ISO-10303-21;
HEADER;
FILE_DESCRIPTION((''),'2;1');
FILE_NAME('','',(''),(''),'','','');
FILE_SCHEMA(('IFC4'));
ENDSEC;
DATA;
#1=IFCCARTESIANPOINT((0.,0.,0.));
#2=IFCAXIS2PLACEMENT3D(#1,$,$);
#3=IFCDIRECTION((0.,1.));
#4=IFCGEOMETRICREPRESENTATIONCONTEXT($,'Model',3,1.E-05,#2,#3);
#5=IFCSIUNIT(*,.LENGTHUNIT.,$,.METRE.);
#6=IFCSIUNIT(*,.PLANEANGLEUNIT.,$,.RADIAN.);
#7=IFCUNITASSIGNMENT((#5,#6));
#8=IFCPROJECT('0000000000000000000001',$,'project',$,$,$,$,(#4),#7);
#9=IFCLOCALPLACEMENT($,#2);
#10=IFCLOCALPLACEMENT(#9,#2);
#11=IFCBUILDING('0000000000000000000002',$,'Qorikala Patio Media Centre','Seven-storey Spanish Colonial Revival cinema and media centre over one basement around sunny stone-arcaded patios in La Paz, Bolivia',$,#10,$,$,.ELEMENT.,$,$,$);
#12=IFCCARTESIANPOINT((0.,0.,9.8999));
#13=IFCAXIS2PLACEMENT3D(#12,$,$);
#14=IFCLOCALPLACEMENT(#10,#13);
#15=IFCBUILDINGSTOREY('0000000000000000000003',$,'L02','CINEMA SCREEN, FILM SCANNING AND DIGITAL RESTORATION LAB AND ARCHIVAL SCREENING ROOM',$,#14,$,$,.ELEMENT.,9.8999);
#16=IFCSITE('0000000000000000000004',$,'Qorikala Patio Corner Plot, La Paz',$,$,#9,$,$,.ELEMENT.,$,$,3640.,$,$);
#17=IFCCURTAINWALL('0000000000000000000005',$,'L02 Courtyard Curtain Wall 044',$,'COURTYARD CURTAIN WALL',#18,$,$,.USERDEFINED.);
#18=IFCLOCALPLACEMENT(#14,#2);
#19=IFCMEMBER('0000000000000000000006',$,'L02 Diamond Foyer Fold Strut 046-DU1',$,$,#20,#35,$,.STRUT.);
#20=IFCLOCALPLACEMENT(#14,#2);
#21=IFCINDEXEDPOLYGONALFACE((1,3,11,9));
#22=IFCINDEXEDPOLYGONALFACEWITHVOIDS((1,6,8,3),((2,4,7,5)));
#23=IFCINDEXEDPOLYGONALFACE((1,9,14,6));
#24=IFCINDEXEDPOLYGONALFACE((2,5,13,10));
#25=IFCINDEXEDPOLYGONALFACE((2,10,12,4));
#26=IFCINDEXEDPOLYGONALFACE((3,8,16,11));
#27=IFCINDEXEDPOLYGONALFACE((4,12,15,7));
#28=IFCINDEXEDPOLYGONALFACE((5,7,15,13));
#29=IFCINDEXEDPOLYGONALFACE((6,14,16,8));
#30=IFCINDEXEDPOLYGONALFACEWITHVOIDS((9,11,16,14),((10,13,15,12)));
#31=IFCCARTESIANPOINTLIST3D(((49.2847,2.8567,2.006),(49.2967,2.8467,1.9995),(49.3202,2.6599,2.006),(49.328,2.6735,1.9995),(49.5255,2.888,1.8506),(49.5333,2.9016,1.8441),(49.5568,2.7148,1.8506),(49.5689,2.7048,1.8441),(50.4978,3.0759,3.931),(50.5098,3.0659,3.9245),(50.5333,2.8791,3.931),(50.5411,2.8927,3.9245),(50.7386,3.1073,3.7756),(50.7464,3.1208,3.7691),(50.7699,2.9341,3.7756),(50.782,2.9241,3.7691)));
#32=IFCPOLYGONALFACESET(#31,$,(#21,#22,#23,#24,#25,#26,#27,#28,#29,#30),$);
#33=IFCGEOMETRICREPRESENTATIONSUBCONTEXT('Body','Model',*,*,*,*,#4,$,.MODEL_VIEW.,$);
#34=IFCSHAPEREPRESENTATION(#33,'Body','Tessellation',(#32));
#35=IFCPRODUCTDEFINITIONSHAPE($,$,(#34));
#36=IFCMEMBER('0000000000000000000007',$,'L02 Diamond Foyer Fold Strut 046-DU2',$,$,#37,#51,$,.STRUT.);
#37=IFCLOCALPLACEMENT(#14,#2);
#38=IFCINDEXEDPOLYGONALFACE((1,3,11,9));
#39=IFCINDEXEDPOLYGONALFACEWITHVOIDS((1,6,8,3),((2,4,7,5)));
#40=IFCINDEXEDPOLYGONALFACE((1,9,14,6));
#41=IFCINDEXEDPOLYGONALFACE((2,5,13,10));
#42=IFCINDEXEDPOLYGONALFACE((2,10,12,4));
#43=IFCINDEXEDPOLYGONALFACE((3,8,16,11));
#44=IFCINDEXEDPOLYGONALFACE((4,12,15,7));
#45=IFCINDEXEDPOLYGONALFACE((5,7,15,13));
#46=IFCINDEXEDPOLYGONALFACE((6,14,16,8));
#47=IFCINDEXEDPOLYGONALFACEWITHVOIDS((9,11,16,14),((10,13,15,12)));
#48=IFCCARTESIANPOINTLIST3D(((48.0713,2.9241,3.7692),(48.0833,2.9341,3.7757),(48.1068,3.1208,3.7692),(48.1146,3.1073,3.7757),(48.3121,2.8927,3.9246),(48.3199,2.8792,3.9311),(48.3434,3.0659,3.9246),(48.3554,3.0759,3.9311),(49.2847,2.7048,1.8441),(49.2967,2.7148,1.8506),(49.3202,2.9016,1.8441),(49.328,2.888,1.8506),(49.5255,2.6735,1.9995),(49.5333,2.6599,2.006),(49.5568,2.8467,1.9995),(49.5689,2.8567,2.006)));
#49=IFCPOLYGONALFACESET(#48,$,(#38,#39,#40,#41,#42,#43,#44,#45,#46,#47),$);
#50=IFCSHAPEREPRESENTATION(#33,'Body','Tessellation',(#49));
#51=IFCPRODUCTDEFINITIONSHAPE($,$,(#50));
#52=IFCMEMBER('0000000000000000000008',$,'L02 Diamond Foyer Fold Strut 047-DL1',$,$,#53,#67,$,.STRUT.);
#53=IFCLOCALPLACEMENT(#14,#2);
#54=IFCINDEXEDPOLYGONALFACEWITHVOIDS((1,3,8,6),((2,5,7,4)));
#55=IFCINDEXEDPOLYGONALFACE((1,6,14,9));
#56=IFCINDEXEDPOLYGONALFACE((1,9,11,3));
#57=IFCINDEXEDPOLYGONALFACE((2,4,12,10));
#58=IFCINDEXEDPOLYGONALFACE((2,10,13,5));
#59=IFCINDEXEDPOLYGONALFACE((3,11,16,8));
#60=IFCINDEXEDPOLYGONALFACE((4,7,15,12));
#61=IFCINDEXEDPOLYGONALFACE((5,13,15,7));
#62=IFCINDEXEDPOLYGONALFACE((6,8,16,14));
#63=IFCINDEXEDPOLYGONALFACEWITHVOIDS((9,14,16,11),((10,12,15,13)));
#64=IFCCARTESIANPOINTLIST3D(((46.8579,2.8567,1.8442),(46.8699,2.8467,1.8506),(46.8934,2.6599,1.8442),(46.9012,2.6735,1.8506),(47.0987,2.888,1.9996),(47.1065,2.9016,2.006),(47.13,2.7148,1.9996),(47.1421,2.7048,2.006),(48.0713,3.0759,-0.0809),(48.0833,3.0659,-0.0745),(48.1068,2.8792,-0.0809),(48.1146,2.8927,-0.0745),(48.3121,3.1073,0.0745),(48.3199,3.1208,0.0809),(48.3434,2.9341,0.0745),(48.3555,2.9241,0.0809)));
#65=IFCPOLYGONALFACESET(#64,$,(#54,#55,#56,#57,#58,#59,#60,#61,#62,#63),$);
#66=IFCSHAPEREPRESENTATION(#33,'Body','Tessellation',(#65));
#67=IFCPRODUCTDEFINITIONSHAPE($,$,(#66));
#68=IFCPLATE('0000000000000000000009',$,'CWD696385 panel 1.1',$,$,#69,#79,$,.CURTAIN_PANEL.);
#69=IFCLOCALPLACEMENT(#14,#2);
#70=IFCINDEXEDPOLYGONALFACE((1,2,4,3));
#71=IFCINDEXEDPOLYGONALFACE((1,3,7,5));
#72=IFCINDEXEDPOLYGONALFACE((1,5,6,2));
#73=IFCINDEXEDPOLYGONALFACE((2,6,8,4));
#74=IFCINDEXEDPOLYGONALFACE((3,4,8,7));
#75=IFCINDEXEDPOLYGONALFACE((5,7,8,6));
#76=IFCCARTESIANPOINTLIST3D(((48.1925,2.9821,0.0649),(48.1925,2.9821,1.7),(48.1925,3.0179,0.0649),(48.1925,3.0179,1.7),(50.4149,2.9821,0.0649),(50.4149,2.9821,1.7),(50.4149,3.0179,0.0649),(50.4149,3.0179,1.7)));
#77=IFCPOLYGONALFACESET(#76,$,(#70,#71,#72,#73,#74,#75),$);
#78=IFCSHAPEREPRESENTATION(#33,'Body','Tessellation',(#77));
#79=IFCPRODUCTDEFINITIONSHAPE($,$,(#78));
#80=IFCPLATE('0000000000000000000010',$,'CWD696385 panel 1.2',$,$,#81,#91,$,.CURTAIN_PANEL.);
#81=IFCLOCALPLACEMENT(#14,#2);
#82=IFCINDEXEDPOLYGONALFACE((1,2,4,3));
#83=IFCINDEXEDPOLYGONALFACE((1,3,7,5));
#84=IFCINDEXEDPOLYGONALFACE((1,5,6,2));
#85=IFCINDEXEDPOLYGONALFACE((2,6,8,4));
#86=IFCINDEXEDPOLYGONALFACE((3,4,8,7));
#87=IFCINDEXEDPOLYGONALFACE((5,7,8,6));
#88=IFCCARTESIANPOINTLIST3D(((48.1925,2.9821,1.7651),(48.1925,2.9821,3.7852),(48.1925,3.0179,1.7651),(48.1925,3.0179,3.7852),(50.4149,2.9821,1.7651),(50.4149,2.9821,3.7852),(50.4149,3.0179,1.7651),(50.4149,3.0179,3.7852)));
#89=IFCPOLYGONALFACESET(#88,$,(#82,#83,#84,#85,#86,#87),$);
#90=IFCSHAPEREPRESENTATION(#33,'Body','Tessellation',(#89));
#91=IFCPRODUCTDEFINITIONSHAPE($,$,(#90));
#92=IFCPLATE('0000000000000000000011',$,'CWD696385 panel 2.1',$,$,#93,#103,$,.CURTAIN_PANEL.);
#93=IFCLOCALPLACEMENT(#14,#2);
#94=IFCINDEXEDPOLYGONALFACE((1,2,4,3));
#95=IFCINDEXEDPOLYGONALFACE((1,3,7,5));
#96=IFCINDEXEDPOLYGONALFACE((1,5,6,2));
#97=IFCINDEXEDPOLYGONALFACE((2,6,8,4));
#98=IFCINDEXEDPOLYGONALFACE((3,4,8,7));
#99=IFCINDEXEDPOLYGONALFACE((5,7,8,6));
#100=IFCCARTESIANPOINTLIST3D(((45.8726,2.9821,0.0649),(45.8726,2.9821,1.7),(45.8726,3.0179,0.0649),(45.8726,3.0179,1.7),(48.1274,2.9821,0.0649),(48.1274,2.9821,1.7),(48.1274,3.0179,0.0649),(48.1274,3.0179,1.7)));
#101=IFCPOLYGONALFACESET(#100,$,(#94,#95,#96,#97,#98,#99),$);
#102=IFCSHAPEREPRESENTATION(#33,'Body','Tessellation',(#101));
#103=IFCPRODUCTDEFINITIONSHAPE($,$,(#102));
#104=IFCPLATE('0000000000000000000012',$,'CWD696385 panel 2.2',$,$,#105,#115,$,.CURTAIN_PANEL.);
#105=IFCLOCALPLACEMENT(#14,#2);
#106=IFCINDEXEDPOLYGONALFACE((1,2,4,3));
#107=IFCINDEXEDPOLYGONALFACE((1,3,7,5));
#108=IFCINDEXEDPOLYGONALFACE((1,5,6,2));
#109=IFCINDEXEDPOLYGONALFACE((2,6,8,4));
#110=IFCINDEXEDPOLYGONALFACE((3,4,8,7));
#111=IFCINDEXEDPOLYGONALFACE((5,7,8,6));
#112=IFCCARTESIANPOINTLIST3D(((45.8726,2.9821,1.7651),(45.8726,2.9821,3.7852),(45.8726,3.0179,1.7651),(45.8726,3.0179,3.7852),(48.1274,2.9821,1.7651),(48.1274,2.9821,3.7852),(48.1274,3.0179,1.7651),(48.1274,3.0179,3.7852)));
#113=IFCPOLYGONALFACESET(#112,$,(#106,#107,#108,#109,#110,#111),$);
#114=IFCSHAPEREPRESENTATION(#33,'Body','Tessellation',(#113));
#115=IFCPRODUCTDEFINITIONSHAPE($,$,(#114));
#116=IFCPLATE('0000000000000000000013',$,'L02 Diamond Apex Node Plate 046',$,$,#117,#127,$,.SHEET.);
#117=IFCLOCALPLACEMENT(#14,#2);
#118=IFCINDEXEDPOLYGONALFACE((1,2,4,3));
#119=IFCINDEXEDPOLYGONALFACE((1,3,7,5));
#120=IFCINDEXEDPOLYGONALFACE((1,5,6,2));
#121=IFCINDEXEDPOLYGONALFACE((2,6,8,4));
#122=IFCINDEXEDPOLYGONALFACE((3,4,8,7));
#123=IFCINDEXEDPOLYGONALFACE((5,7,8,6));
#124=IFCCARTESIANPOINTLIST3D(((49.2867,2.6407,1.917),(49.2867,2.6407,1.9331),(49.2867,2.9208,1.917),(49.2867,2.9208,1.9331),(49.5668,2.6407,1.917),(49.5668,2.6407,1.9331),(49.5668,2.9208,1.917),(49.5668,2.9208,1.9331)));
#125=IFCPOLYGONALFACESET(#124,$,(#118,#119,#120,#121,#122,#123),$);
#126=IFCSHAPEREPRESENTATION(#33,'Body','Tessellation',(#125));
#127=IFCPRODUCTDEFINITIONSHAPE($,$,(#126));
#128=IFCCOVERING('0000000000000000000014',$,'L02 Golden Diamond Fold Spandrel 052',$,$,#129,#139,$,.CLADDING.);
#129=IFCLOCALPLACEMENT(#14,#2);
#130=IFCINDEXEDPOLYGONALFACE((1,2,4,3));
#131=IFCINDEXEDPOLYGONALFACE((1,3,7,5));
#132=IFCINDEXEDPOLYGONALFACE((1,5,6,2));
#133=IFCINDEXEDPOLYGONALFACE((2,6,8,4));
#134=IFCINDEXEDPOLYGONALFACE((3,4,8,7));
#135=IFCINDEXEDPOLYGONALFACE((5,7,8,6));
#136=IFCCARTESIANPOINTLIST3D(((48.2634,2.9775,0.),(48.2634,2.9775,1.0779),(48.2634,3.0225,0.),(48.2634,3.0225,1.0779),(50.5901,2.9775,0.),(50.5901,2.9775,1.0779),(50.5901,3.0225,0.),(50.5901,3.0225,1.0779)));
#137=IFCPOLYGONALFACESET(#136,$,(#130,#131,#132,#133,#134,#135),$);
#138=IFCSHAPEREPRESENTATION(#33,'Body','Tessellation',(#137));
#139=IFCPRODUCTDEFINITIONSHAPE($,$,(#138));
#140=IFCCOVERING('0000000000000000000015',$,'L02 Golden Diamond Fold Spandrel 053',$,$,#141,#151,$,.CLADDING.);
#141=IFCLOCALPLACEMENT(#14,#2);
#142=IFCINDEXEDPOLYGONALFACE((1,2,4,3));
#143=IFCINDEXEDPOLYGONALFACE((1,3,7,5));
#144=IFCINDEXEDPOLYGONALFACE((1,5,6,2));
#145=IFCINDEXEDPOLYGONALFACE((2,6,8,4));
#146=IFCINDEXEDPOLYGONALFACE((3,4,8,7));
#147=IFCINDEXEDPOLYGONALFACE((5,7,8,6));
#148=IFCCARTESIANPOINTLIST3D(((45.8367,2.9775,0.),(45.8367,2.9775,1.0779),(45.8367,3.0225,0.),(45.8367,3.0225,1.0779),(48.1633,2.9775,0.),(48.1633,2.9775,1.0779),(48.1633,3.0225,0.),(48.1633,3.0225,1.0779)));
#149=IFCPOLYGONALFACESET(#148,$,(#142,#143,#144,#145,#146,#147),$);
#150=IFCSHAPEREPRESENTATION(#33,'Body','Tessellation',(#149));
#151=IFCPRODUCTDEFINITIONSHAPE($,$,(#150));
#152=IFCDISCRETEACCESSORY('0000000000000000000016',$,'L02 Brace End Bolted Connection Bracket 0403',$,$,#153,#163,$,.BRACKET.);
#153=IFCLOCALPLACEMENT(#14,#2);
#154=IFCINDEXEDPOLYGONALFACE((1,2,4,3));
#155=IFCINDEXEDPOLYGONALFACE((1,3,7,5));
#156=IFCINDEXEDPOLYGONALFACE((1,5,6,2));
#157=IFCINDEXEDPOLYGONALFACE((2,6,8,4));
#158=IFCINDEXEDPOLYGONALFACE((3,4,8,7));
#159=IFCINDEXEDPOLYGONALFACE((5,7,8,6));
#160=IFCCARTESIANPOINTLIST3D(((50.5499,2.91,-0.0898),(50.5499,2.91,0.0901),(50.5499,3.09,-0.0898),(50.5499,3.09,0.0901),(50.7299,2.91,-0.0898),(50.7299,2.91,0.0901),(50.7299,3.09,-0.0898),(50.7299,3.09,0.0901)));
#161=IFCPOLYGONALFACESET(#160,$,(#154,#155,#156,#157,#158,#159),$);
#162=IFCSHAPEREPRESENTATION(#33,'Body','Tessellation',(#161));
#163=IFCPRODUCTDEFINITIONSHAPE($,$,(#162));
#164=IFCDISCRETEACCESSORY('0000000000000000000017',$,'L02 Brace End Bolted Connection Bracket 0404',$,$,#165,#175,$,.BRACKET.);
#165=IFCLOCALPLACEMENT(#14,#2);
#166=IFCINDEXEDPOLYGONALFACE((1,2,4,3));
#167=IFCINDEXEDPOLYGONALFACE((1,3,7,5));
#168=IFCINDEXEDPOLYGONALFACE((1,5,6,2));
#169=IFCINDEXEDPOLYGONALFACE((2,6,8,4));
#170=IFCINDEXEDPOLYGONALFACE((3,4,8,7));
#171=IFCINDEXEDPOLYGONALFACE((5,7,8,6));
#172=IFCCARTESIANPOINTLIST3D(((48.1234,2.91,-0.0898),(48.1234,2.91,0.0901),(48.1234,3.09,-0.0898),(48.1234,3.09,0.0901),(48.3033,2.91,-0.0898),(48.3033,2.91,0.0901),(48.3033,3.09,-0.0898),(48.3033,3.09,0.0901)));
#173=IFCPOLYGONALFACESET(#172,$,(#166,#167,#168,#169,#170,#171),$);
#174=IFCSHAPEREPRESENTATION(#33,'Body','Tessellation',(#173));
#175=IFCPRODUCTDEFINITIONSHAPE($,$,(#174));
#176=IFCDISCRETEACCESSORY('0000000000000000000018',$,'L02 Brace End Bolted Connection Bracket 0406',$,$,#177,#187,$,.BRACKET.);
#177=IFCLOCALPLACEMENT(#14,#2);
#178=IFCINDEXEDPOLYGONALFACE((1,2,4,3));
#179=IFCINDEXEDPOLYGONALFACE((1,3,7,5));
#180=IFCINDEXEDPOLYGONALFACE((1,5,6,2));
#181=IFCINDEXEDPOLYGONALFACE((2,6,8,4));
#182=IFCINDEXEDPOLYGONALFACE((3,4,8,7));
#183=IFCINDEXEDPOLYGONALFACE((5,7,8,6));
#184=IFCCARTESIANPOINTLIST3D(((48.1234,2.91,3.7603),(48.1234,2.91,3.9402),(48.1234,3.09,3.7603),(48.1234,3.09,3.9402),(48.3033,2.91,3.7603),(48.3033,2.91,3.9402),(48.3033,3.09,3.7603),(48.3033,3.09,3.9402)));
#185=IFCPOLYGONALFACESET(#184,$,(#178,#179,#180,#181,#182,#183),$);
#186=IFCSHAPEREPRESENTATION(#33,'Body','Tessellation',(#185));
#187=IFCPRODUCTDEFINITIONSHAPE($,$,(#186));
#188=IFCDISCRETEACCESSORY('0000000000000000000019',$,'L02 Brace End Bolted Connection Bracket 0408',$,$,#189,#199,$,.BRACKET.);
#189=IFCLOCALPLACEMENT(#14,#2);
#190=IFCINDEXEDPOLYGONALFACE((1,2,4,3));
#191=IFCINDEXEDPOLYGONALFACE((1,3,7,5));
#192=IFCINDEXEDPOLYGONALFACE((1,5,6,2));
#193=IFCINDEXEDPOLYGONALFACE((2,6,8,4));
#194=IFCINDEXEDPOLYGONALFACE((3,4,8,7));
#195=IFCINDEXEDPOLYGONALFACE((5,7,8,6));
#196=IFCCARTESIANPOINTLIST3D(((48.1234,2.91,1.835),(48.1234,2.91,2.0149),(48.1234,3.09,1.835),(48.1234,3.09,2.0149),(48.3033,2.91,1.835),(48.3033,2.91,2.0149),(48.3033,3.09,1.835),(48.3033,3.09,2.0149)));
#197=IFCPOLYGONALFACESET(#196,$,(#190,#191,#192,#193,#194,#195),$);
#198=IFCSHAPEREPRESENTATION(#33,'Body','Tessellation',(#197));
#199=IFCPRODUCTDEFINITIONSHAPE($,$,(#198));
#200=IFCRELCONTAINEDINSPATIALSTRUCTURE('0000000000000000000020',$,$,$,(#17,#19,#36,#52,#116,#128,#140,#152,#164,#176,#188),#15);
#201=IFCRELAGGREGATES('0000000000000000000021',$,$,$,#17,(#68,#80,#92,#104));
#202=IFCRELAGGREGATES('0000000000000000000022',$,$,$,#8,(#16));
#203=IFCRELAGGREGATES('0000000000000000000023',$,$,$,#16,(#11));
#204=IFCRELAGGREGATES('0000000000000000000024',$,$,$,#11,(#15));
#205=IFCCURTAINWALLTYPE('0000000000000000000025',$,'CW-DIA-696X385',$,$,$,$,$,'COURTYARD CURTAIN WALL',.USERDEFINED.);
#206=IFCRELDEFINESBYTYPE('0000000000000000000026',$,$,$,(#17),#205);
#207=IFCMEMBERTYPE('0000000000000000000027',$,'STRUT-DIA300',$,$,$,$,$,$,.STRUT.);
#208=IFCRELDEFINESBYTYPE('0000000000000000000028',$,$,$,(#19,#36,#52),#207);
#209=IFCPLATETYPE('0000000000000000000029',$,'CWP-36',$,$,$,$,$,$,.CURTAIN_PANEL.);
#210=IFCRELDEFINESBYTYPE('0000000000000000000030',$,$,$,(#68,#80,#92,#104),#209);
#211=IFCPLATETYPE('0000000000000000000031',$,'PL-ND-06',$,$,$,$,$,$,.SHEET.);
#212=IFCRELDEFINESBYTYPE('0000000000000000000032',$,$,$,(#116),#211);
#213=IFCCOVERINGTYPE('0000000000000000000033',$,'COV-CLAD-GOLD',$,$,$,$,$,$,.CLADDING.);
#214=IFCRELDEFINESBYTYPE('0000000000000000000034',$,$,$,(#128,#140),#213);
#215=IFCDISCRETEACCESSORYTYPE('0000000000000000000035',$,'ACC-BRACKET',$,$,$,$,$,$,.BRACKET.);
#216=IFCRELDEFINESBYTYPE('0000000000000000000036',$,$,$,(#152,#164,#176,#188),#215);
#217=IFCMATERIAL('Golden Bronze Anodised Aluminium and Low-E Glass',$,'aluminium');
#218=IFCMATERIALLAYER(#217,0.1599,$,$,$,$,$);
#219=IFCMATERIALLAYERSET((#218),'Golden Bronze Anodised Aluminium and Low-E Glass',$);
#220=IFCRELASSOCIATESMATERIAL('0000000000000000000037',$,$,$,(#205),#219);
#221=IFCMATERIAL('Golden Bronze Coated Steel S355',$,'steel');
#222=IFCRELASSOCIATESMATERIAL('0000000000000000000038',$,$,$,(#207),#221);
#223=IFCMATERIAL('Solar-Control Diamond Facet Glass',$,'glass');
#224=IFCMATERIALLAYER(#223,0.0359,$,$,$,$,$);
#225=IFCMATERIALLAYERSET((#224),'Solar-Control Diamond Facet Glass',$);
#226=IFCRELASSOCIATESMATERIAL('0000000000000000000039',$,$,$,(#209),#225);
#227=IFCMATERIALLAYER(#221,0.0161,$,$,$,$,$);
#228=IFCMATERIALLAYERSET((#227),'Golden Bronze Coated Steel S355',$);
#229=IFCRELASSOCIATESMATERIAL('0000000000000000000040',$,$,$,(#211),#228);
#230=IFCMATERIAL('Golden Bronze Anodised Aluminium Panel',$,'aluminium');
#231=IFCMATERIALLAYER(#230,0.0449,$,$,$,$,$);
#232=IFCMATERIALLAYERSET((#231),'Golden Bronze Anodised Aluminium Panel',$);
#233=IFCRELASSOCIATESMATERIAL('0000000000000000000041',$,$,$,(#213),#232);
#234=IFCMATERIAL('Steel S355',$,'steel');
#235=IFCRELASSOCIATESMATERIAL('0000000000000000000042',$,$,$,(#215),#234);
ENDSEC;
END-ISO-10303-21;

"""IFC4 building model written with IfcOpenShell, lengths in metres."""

from ifc_helpers import new_model, si_unit, direction, frame, origin, origin_2d, place, context, subcontext, project, spatial, rectangle, hollow_rectangle, extrude, material, layer, layer_set, material_profile, profile_set, type_object, element, aggregate, save


model = new_model("IFC4")

# Units and contexts
model_context = context("Model", 3, precision=1e-05, world=origin(), true_north=direction((0.0, 1.0)))
body_context = subcontext(model_context, "Body", "Model", "MODEL_VIEW")
ifc_project = project(units=[si_unit("LENGTHUNIT", "METRE"), si_unit("PLANEANGLEUNIT", "RADIAN")], contexts=[model_context])

# Site, building, storey
site_placement = place(None, origin())
site = spatial("IfcSite", under=ifc_project, at=site_placement, Name="Qorikala Patio Corner Plot, La Paz", CompositionType="ELEMENT", RefElevation=3640.0)
building_placement = place(site_placement, origin())
building = spatial("IfcBuilding", under=site, at=building_placement, Name="Qorikala Patio Media Centre", Description="Seven-storey Spanish Colonial Revival cinema and media centre over one basement around sunny stone-arcaded patios in La Paz, Bolivia", CompositionType="ELEMENT")
storey_placement = place(building_placement, frame((0.0, 0.0, 9.8999)))
storey = spatial("IfcBuildingStorey", under=building, at=storey_placement, Name="L02", Description="CINEMA SCREEN, FILM SCANNING AND DIGITAL RESTORATION LAB AND ARCHIVAL SCREENING ROOM", CompositionType="ELEMENT", Elevation=9.8999)

# Shared definitions
ifc_material_1 = material(Name="Golden Bronze Coated Steel S355", Category="steel")

# Curtain wall
ifc_material_2 = material(Name="Golden Bronze Anodised Aluminium and Low-E Glass", Category="aluminium")
ifc_layer_1 = layer(ifc_material_2, 0.1599)
ifc_layer_set_1 = layer_set([ifc_layer_1], Name="Golden Bronze Anodised Aluminium and Low-E Glass")
curtain_wall_type = type_object("IfcCurtainWallType", Name="CW-DIA-696X385", ElementType="COURTYARD CURTAIN WALL", PredefinedType="USERDEFINED", material=ifc_layer_set_1)
curtain_wall_placement = place(storey_placement, origin())
curtain_wall = element("IfcCurtainWall", 1, at=curtain_wall_placement, inside=storey, type_object=curtain_wall_type, Name="L02 Courtyard Curtain Wall 044", ObjectType="COURTYARD CURTAIN WALL", PredefinedType="USERDEFINED")

# Members
ifc_material_profile_1 = material_profile(ifc_material_1, hollow_rectangle(XDim=0.2, YDim=0.3, WallThickness=0.012, at=origin_2d()), Name="HSS300X200X12")
ifc_profile_set_1 = profile_set([ifc_material_profile_1], Name="Golden Bronze Coated Steel S355")
member_type_1 = type_object("IfcMemberType", Name="STRUT-DIA300", PredefinedType="STRUT", material=ifc_profile_set_1)
member_1_placement = place(storey_placement, frame((49.4268, 2.7808, 1.925), z_axis=(0.530691, 0.095907, 0.842121), x_axis=(-0.17784, 0.984059, 0.0)))
element("IfcMember", 2, at=member_1_placement, inside=storey, type_object=member_type_1, Name="L02 Diamond Foyer Fold Strut 046-DU1", PredefinedType="STRUT", context=body_context, shape_type="SweptSolid", body=[
    extrude(hollow_rectangle(XDim=0.2, YDim=0.3, WallThickness=0.012, at=origin_2d()), origin(), (0.0, 0.0, 1.0), 2.2859),
])
for number, where, z_axis, x_axis, name in (
    (3, (49.4268, 2.7808, 1.925), (-0.530768, 0.095901, 0.842074), (-0.177805, -0.984066, 0.0), "L02 Diamond Foyer Fold Strut 046-DU2"),
    (4, (48.2134, 3.0, 0.0), (-0.530768, -0.095901, 0.842074), (0.177805, -0.984066, 0.0), "L02 Diamond Foyer Fold Strut 047-DL1"),
):
    element("IfcMember", number, at=place(storey_placement, frame(where, z_axis=z_axis, x_axis=x_axis)), inside=storey, type_object=member_type_1, Name=name, PredefinedType="STRUT", context=body_context, shape_type="SweptSolid", body=[
        extrude(hollow_rectangle(XDim=0.2, YDim=0.3, WallThickness=0.012, at=origin_2d()), origin(), (0.0, 0.0, 1.0), 2.2861),
    ])

# Plates
ifc_material_3 = material(Name="Solar-Control Diamond Facet Glass", Category="glass")
ifc_layer_2 = layer(ifc_material_3, 0.0359)
ifc_layer_set_2 = layer_set([ifc_layer_2], Name="Solar-Control Diamond Facet Glass")
plate_type_1 = type_object("IfcPlateType", Name="CWP-36", PredefinedType="CURTAIN_PANEL", material=ifc_layer_set_2)
plate_1_placement = place(storey_placement, frame((49.3037, 3.0, 0.0649), z_axis=(0.0, 0.0, 1.0), x_axis=(-1.0, 0.0, 0.0)))
plate_1 = element("IfcPlate", 5, at=plate_1_placement, type_object=plate_type_1, Name="CWD696385 panel 1.1", PredefinedType="CURTAIN_PANEL", context=body_context, shape_type="SweptSolid", body=[
    extrude(rectangle(XDim=2.2224, YDim=0.0359, at=origin_2d()), origin(), (0.0, 0.0, 1.0), 1.635),
])
plate_2_placement = place(storey_placement, frame((49.3037, 3.0, 1.7651), z_axis=(0.0, 0.0, 1.0), x_axis=(-1.0, 0.0, 0.0)))
plate_2 = element("IfcPlate", 6, at=plate_2_placement, type_object=plate_type_1, Name="CWD696385 panel 1.2", PredefinedType="CURTAIN_PANEL", context=body_context, shape_type="SweptSolid", body=[
    extrude(rectangle(XDim=2.2224, YDim=0.0359, at=origin_2d()), origin(), (0.0, 0.0, 1.0), 2.02),
])
plate_3_placement = place(storey_placement, frame((47.0, 3.0, 0.0649), z_axis=(0.0, 0.0, 1.0), x_axis=(-1.0, 0.0, 0.0)))
plate_3 = element("IfcPlate", 7, at=plate_3_placement, type_object=plate_type_1, Name="CWD696385 panel 2.1", PredefinedType="CURTAIN_PANEL", context=body_context, shape_type="SweptSolid", body=[
    extrude(rectangle(XDim=2.2549, YDim=0.0359, at=origin_2d()), origin(), (0.0, 0.0, 1.0), 1.635),
])
plate_4_placement = place(storey_placement, frame((47.0, 3.0, 1.7651), z_axis=(0.0, 0.0, 1.0), x_axis=(-1.0, 0.0, 0.0)))
plate_4 = element("IfcPlate", 8, at=plate_4_placement, type_object=plate_type_1, Name="CWD696385 panel 2.2", PredefinedType="CURTAIN_PANEL", context=body_context, shape_type="SweptSolid", body=[
    extrude(rectangle(XDim=2.2549, YDim=0.0359, at=origin_2d()), origin(), (0.0, 0.0, 1.0), 2.02),
])
aggregate(curtain_wall, [plate_1, plate_2, plate_3, plate_4])
ifc_layer_3 = layer(ifc_material_1, 0.0161)
ifc_layer_set_3 = layer_set([ifc_layer_3], Name="Golden Bronze Coated Steel S355")
plate_type_2 = type_object("IfcPlateType", Name="PL-ND-06", PredefinedType="SHEET", material=ifc_layer_set_3)
plate_5_placement = place(storey_placement, frame((49.4268, 2.7808, 1.917), z_axis=(0.0, 0.0, 1.0), x_axis=(-1.0, 0.0, 0.0)))
element("IfcPlate", 9, at=plate_5_placement, inside=storey, type_object=plate_type_2, Name="L02 Diamond Apex Node Plate 046", PredefinedType="SHEET", context=body_context, shape_type="SweptSolid", body=[
    extrude(rectangle(XDim=0.28, YDim=0.28, at=origin_2d()), origin(), (0.0, 0.0, 1.0), 0.0161),
])

# Coverings
ifc_material_4 = material(Name="Golden Bronze Anodised Aluminium Panel", Category="aluminium")
ifc_layer_4 = layer(ifc_material_4, 0.0449)
ifc_layer_set_4 = layer_set([ifc_layer_4], Name="Golden Bronze Anodised Aluminium Panel")
covering_type = type_object("IfcCoveringType", Name="COV-CLAD-GOLD", PredefinedType="CLADDING", material=ifc_layer_set_4)
for number, where, z_axis, x_axis, name in (
    (10, (49.4268, 3.0, 0.0), (0.0, 0.0, 1.0), (-1.0, 0.0, 0.0), "L02 Golden Diamond Fold Spandrel 052"),
    (11, (47.0, 3.0, 0.0), (0.0, 0.0, 1.0), (-1.0, 0.0, 0.0), "L02 Golden Diamond Fold Spandrel 053"),
):
    element("IfcCovering", number, at=place(storey_placement, frame(where, z_axis=z_axis, x_axis=x_axis)), inside=storey, type_object=covering_type, Name=name, PredefinedType="CLADDING", context=body_context, shape_type="SweptSolid", body=[
        extrude(rectangle(XDim=2.3267, YDim=0.0449, at=origin_2d()), origin(), (0.0, 0.0, 1.0), 1.0779),
    ])

# Discrete accessories
ifc_material_5 = material(Name="Steel S355", Category="steel")
discrete_accessory_type = type_object("IfcDiscreteAccessoryType", Name="ACC-BRACKET", PredefinedType="BRACKET", material=ifc_material_5)
for number, where, z_axis, x_axis, name in (
    (12, (50.6399, 3.0, -0.0898), (0.0, 0.0, 1.0), (1.0, 0.0, 0.0), "L02 Brace End Bolted Connection Bracket 0403"),
    (13, (48.2134, 3.0, -0.0898), (0.0, 0.0, 1.0), (1.0, 0.0, 0.0), "L02 Brace End Bolted Connection Bracket 0404"),
    (14, (48.2134, 3.0, 3.7603), (0.0, 0.0, 1.0), (1.0, 0.0, 0.0), "L02 Brace End Bolted Connection Bracket 0406"),
    (15, (48.2134, 3.0, 1.835), (0.0, 0.0, 1.0), (1.0, 0.0, 0.0), "L02 Brace End Bolted Connection Bracket 0408"),
):
    element("IfcDiscreteAccessory", number, at=place(storey_placement, frame(where, z_axis=z_axis, x_axis=x_axis)), inside=storey, type_object=discrete_accessory_type, Name=name, PredefinedType="BRACKET", context=body_context, shape_type="SweptSolid", body=[
        extrude(rectangle(XDim=0.1799, YDim=0.1799, at=origin_2d()), origin(), (0.0, 0.0, 1.0), 0.1799),
    ])

save(model, "model.ifc")
